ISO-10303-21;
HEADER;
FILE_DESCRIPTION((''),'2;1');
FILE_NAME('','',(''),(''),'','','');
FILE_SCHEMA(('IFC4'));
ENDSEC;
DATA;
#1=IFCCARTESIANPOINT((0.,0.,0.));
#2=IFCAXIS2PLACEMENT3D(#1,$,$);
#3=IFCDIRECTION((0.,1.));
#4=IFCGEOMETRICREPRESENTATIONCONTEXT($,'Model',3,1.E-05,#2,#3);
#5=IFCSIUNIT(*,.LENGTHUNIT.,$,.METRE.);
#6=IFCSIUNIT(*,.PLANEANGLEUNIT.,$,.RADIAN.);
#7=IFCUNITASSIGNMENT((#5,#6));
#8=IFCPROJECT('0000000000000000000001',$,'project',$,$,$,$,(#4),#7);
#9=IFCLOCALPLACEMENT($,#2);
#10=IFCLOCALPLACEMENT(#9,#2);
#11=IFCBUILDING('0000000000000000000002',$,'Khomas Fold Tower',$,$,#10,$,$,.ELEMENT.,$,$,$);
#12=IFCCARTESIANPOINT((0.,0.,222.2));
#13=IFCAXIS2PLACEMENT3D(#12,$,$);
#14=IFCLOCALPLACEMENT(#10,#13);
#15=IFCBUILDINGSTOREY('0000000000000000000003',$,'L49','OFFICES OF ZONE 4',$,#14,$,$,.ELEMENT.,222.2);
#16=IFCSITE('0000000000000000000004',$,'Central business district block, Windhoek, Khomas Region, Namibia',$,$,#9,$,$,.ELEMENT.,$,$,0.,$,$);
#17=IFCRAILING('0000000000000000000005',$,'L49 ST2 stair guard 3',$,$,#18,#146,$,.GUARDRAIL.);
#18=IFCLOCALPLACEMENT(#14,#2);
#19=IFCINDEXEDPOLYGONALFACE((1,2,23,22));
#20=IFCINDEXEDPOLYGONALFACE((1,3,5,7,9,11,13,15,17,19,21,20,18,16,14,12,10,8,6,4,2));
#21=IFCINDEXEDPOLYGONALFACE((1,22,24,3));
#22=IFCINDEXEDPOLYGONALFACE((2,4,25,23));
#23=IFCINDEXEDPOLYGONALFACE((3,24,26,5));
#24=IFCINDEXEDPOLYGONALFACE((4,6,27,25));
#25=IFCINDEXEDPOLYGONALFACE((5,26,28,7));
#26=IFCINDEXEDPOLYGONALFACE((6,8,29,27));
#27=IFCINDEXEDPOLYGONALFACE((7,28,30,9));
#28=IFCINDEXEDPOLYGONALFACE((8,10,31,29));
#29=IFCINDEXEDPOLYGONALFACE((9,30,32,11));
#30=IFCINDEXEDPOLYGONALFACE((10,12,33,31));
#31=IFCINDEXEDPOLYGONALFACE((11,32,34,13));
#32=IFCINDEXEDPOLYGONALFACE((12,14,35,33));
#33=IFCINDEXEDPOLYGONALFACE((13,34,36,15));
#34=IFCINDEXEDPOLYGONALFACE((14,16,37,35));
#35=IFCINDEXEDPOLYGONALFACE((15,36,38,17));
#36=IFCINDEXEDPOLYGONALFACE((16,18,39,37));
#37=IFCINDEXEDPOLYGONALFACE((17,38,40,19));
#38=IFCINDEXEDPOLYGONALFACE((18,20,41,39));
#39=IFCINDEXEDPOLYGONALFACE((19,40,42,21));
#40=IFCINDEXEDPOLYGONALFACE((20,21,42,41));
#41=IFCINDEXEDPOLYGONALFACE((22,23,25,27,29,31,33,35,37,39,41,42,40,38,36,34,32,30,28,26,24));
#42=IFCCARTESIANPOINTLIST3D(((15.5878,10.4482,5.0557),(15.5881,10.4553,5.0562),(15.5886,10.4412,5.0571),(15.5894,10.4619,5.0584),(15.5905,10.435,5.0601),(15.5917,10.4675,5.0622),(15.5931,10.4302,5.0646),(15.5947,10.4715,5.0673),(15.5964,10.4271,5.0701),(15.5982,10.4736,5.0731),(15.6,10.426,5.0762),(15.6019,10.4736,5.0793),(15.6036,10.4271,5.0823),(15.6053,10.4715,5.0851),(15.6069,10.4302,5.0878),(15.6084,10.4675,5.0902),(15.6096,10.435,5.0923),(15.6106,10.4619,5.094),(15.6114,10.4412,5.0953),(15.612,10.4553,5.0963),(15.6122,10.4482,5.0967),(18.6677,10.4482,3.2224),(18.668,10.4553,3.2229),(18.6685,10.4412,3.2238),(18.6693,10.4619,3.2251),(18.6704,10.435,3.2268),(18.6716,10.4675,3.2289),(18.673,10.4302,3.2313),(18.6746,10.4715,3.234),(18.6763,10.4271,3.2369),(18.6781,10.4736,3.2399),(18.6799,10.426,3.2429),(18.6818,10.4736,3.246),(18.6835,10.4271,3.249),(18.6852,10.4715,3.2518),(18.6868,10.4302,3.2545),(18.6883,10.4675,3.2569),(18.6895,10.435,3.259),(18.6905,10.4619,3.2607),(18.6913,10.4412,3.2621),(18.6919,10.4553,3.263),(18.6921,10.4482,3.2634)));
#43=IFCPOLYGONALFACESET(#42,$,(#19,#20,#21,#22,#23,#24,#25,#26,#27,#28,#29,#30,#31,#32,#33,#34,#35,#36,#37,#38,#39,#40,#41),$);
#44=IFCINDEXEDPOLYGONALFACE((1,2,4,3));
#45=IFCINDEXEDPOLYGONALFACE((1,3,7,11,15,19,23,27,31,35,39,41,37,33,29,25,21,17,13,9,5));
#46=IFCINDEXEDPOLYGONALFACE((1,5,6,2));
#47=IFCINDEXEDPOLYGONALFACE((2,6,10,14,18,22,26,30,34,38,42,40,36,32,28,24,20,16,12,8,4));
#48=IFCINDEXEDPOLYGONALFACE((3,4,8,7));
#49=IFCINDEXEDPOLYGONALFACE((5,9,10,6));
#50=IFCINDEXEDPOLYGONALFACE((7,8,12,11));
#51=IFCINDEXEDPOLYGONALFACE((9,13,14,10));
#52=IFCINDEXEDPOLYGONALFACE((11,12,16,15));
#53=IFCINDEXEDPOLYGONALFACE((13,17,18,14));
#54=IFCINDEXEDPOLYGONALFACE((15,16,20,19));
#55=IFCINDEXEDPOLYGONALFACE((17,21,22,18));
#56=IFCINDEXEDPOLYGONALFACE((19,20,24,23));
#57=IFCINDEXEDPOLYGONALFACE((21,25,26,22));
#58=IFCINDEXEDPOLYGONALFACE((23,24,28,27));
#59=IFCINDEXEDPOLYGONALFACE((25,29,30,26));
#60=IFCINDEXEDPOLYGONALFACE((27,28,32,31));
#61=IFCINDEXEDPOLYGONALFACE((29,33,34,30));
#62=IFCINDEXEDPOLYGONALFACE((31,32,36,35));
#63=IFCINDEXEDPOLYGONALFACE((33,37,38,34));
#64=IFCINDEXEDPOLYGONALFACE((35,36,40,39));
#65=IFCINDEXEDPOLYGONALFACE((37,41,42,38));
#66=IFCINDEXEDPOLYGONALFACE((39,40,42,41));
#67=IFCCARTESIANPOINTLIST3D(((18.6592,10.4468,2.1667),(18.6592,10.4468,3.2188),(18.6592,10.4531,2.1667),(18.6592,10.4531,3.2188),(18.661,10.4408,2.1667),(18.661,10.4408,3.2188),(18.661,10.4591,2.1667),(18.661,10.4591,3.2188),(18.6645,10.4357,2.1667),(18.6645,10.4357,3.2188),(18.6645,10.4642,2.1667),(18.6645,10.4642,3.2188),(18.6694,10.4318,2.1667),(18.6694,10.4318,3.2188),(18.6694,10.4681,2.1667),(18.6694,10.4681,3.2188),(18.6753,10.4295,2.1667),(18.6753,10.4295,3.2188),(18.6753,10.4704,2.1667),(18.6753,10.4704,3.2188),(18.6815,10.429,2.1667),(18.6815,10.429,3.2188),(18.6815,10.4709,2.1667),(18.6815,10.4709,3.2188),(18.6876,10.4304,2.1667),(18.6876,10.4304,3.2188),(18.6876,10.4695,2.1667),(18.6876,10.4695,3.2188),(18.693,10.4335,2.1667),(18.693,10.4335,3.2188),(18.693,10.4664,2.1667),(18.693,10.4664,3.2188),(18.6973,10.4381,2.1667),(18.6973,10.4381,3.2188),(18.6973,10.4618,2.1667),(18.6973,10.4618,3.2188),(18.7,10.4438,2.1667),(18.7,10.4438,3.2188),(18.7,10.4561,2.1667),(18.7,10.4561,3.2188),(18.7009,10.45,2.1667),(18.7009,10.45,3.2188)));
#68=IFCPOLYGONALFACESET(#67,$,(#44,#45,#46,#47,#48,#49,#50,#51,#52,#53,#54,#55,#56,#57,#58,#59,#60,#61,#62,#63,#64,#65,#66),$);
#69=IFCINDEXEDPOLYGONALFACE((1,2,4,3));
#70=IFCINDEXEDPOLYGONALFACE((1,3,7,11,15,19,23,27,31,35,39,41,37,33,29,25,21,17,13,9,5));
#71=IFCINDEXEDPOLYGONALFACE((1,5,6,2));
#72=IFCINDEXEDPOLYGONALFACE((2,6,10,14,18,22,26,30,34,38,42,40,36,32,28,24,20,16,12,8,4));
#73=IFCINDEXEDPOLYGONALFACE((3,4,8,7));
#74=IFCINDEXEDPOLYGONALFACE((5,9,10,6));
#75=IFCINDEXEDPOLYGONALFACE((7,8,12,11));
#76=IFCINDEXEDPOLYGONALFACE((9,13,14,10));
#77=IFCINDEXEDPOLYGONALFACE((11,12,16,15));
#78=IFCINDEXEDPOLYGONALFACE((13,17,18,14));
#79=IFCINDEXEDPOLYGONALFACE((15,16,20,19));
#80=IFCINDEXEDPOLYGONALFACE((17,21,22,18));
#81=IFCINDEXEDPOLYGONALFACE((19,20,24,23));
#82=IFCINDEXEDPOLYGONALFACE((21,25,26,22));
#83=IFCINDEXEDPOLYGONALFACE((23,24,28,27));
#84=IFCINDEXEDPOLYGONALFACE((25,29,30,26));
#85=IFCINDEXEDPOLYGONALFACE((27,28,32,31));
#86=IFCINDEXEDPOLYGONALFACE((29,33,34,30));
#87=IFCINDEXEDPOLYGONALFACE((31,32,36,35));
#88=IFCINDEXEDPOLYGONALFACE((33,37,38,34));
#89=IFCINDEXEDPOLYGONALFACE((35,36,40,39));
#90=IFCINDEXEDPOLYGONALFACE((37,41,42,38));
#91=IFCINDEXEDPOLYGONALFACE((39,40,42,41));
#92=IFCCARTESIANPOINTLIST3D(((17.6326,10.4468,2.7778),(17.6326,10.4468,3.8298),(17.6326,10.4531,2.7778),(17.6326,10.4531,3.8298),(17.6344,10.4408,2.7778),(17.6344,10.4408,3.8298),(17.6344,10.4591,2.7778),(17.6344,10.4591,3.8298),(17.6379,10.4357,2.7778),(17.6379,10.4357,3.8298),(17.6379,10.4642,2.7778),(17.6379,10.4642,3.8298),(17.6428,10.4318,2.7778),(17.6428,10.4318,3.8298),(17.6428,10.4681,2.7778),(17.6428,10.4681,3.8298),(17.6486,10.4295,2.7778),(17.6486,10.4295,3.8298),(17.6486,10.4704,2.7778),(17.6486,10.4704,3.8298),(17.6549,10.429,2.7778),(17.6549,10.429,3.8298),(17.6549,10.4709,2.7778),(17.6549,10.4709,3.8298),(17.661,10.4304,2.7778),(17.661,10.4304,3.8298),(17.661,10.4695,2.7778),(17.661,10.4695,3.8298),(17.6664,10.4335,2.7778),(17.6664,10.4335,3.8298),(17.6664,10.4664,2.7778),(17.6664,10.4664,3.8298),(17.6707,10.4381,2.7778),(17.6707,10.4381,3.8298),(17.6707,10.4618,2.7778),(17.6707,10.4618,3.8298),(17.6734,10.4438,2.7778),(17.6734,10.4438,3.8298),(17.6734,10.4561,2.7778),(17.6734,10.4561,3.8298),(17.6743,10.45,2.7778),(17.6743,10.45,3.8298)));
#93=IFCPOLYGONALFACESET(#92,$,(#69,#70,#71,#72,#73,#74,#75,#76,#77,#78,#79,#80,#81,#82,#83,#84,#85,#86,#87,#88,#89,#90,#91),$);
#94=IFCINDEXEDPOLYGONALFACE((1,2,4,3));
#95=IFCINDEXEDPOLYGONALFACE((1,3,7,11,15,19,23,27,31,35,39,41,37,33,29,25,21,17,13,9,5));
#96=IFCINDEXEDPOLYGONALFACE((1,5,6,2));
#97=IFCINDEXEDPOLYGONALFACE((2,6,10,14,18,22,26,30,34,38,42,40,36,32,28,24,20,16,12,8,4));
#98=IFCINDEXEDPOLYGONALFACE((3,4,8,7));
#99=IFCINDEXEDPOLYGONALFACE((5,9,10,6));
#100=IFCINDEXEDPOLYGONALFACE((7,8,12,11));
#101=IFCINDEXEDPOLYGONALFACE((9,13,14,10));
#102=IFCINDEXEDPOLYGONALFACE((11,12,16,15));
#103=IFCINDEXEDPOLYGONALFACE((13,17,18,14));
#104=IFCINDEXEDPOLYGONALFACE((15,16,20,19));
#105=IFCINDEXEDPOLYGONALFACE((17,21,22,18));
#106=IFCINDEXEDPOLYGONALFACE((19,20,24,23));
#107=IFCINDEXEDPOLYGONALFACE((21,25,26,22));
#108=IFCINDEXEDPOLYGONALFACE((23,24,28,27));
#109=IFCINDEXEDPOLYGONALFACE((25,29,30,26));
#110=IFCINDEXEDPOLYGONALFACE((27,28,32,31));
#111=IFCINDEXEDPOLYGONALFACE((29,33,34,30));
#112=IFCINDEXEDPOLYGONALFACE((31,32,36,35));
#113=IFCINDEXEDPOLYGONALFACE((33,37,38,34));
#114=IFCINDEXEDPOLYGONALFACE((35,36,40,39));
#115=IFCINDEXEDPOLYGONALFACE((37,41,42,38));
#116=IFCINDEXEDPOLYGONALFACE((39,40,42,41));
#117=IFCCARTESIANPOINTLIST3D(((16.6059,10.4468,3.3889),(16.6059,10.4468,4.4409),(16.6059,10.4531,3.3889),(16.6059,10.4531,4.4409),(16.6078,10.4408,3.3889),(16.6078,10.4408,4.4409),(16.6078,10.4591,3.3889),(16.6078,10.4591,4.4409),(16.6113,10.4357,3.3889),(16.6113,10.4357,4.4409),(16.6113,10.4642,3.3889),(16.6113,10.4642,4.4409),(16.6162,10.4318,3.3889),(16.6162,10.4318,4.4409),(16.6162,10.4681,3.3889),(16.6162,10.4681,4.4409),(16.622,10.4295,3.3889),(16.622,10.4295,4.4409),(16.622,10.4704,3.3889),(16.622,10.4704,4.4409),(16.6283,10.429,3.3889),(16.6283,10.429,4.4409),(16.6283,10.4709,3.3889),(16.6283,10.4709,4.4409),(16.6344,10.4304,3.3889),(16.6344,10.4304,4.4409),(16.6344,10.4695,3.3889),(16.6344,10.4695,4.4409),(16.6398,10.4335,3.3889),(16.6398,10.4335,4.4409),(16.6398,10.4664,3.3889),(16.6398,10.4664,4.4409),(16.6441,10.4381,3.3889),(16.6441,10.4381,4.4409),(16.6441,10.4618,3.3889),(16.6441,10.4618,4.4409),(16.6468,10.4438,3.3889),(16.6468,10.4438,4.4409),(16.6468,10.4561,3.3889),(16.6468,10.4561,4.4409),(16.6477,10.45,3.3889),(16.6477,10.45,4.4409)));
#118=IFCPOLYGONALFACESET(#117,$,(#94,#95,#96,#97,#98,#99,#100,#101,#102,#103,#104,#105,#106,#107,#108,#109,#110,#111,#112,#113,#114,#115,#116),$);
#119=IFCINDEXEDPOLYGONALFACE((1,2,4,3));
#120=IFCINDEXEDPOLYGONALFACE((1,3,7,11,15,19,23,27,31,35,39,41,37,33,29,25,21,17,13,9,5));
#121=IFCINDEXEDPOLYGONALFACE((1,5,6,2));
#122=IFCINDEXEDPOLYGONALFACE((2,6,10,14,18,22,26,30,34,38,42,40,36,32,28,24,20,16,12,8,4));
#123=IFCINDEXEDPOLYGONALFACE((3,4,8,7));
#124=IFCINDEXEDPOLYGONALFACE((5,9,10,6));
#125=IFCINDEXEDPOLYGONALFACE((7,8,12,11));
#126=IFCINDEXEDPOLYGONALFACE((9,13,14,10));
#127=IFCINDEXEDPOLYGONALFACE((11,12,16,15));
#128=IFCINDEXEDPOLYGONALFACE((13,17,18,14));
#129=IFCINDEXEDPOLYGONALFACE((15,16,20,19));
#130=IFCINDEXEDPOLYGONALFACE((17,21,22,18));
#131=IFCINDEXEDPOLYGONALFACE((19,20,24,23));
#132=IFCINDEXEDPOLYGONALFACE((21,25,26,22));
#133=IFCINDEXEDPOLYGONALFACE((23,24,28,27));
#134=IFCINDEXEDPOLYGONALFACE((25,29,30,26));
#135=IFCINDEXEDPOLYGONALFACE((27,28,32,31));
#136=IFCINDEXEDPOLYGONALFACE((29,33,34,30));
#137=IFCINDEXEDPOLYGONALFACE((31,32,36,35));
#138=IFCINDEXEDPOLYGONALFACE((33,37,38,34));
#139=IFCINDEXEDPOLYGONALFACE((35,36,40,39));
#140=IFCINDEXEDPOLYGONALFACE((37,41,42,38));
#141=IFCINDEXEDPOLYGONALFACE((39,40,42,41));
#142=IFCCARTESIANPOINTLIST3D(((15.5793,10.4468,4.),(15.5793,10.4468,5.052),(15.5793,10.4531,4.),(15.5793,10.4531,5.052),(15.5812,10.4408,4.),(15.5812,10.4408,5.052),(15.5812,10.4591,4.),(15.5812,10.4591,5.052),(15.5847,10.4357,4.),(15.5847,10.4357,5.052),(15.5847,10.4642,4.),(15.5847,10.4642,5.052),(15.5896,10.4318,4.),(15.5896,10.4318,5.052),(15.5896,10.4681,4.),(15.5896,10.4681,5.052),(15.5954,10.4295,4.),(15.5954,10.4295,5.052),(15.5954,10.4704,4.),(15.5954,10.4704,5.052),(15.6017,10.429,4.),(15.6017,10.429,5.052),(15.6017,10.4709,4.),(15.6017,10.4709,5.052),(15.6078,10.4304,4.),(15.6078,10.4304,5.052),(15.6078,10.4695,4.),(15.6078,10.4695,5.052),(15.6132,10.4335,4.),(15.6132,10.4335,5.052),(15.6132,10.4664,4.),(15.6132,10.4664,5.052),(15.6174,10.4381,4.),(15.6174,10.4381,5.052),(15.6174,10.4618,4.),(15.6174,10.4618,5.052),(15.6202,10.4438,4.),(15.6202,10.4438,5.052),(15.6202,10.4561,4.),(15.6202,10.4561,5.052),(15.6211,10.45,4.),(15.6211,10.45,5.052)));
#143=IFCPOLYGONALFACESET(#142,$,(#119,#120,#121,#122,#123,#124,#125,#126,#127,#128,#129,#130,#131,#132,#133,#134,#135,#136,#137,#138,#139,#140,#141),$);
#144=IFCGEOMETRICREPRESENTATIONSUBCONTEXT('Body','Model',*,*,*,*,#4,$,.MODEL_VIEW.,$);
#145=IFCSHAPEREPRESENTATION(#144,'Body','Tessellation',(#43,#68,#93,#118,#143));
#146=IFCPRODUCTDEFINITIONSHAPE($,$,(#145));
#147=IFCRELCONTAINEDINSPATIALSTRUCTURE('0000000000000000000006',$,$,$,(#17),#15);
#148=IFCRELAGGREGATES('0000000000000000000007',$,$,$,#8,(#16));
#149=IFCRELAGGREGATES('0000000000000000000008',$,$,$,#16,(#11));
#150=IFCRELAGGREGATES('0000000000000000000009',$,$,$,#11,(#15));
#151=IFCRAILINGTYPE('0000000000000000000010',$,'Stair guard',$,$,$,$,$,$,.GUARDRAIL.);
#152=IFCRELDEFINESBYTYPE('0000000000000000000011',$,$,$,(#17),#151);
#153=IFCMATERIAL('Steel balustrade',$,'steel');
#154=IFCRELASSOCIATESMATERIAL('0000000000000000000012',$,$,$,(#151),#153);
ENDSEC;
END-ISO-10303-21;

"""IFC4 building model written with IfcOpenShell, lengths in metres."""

from ifc_helpers import new_model, si_unit, direction, frame, origin, origin_2d, place, context, subcontext, project, spatial, circle, extrude, source, transform, mapped, material, type_object, element, save


model = new_model("IFC4")

# Units and contexts
model_context = context("Model", 3, precision=1e-05, world=origin(), true_north=direction((0.0, 1.0)))
body_context = subcontext(model_context, "Body", "Model", "MODEL_VIEW")
ifc_project = project(units=[si_unit("LENGTHUNIT", "METRE"), si_unit("PLANEANGLEUNIT", "RADIAN")], contexts=[model_context])

# Site, building, storey
site_placement = place(None, origin())
site = spatial("IfcSite", under=ifc_project, at=site_placement, Name="Central business district block, Windhoek, Khomas Region, Namibia", CompositionType="ELEMENT", RefElevation=0.0)
building_placement = place(site_placement, origin())
building = spatial("IfcBuilding", under=site, at=building_placement, Name="Khomas Fold Tower", CompositionType="ELEMENT")
storey_placement = place(building_placement, frame((0.0, 0.0, 222.2)))
storey = spatial("IfcBuildingStorey", under=building, at=storey_placement, Name="L49", Description="OFFICES OF ZONE 4", CompositionType="ELEMENT", Elevation=222.2)

# Railing
ifc_material_1 = material(Name="Steel balustrade", Category="steel")
railing_type_1 = type_object("IfcRailingType", Name="Stair guard", PredefinedType="GUARDRAIL", material=ifc_material_1)
shared_shape_1 = source(origin(), body_context, "Body", "SweptSolid", [
    extrude(circle(Radius=0.0239, at=origin_2d()), frame((0.0, 0.0, 1.0762), z_axis=(-0.859291, 0.0, 0.511487), x_axis=(0.0, -1.0, 0.0)), (0.0, 0.0, 1.0), 3.5842),
    extrude(circle(Radius=0.021, at=origin_2d()), origin(), (0.0, 0.0, 1.0), 1.052),
    extrude(circle(Radius=0.021, at=origin_2d()), frame((-1.0266, 0.0, 0.6111)), (0.0, 0.0, 1.0), 1.052),
    extrude(circle(Radius=0.021, at=origin_2d()), frame((-2.0532, 0.0, 1.2222)), (0.0, 0.0, 1.0), 1.052),
    extrude(circle(Radius=0.021, at=origin_2d()), frame((-3.0798, 0.0, 1.8333)), (0.0, 0.0, 1.0), 1.052),
])
railing_1_placement = place(storey_placement, frame((18.6799, 10.45, 2.1667)))
element("IfcRailing", 1, at=railing_1_placement, inside=storey, type_object=railing_type_1, Name="L49 ST2 stair guard 3", PredefinedType="GUARDRAIL", context=body_context, shape_type="MappedRepresentation", body=[
    mapped(shared_shape_1, transform((0.0, 0.0, 0.0))),
])

save(model, "model.ifc")
